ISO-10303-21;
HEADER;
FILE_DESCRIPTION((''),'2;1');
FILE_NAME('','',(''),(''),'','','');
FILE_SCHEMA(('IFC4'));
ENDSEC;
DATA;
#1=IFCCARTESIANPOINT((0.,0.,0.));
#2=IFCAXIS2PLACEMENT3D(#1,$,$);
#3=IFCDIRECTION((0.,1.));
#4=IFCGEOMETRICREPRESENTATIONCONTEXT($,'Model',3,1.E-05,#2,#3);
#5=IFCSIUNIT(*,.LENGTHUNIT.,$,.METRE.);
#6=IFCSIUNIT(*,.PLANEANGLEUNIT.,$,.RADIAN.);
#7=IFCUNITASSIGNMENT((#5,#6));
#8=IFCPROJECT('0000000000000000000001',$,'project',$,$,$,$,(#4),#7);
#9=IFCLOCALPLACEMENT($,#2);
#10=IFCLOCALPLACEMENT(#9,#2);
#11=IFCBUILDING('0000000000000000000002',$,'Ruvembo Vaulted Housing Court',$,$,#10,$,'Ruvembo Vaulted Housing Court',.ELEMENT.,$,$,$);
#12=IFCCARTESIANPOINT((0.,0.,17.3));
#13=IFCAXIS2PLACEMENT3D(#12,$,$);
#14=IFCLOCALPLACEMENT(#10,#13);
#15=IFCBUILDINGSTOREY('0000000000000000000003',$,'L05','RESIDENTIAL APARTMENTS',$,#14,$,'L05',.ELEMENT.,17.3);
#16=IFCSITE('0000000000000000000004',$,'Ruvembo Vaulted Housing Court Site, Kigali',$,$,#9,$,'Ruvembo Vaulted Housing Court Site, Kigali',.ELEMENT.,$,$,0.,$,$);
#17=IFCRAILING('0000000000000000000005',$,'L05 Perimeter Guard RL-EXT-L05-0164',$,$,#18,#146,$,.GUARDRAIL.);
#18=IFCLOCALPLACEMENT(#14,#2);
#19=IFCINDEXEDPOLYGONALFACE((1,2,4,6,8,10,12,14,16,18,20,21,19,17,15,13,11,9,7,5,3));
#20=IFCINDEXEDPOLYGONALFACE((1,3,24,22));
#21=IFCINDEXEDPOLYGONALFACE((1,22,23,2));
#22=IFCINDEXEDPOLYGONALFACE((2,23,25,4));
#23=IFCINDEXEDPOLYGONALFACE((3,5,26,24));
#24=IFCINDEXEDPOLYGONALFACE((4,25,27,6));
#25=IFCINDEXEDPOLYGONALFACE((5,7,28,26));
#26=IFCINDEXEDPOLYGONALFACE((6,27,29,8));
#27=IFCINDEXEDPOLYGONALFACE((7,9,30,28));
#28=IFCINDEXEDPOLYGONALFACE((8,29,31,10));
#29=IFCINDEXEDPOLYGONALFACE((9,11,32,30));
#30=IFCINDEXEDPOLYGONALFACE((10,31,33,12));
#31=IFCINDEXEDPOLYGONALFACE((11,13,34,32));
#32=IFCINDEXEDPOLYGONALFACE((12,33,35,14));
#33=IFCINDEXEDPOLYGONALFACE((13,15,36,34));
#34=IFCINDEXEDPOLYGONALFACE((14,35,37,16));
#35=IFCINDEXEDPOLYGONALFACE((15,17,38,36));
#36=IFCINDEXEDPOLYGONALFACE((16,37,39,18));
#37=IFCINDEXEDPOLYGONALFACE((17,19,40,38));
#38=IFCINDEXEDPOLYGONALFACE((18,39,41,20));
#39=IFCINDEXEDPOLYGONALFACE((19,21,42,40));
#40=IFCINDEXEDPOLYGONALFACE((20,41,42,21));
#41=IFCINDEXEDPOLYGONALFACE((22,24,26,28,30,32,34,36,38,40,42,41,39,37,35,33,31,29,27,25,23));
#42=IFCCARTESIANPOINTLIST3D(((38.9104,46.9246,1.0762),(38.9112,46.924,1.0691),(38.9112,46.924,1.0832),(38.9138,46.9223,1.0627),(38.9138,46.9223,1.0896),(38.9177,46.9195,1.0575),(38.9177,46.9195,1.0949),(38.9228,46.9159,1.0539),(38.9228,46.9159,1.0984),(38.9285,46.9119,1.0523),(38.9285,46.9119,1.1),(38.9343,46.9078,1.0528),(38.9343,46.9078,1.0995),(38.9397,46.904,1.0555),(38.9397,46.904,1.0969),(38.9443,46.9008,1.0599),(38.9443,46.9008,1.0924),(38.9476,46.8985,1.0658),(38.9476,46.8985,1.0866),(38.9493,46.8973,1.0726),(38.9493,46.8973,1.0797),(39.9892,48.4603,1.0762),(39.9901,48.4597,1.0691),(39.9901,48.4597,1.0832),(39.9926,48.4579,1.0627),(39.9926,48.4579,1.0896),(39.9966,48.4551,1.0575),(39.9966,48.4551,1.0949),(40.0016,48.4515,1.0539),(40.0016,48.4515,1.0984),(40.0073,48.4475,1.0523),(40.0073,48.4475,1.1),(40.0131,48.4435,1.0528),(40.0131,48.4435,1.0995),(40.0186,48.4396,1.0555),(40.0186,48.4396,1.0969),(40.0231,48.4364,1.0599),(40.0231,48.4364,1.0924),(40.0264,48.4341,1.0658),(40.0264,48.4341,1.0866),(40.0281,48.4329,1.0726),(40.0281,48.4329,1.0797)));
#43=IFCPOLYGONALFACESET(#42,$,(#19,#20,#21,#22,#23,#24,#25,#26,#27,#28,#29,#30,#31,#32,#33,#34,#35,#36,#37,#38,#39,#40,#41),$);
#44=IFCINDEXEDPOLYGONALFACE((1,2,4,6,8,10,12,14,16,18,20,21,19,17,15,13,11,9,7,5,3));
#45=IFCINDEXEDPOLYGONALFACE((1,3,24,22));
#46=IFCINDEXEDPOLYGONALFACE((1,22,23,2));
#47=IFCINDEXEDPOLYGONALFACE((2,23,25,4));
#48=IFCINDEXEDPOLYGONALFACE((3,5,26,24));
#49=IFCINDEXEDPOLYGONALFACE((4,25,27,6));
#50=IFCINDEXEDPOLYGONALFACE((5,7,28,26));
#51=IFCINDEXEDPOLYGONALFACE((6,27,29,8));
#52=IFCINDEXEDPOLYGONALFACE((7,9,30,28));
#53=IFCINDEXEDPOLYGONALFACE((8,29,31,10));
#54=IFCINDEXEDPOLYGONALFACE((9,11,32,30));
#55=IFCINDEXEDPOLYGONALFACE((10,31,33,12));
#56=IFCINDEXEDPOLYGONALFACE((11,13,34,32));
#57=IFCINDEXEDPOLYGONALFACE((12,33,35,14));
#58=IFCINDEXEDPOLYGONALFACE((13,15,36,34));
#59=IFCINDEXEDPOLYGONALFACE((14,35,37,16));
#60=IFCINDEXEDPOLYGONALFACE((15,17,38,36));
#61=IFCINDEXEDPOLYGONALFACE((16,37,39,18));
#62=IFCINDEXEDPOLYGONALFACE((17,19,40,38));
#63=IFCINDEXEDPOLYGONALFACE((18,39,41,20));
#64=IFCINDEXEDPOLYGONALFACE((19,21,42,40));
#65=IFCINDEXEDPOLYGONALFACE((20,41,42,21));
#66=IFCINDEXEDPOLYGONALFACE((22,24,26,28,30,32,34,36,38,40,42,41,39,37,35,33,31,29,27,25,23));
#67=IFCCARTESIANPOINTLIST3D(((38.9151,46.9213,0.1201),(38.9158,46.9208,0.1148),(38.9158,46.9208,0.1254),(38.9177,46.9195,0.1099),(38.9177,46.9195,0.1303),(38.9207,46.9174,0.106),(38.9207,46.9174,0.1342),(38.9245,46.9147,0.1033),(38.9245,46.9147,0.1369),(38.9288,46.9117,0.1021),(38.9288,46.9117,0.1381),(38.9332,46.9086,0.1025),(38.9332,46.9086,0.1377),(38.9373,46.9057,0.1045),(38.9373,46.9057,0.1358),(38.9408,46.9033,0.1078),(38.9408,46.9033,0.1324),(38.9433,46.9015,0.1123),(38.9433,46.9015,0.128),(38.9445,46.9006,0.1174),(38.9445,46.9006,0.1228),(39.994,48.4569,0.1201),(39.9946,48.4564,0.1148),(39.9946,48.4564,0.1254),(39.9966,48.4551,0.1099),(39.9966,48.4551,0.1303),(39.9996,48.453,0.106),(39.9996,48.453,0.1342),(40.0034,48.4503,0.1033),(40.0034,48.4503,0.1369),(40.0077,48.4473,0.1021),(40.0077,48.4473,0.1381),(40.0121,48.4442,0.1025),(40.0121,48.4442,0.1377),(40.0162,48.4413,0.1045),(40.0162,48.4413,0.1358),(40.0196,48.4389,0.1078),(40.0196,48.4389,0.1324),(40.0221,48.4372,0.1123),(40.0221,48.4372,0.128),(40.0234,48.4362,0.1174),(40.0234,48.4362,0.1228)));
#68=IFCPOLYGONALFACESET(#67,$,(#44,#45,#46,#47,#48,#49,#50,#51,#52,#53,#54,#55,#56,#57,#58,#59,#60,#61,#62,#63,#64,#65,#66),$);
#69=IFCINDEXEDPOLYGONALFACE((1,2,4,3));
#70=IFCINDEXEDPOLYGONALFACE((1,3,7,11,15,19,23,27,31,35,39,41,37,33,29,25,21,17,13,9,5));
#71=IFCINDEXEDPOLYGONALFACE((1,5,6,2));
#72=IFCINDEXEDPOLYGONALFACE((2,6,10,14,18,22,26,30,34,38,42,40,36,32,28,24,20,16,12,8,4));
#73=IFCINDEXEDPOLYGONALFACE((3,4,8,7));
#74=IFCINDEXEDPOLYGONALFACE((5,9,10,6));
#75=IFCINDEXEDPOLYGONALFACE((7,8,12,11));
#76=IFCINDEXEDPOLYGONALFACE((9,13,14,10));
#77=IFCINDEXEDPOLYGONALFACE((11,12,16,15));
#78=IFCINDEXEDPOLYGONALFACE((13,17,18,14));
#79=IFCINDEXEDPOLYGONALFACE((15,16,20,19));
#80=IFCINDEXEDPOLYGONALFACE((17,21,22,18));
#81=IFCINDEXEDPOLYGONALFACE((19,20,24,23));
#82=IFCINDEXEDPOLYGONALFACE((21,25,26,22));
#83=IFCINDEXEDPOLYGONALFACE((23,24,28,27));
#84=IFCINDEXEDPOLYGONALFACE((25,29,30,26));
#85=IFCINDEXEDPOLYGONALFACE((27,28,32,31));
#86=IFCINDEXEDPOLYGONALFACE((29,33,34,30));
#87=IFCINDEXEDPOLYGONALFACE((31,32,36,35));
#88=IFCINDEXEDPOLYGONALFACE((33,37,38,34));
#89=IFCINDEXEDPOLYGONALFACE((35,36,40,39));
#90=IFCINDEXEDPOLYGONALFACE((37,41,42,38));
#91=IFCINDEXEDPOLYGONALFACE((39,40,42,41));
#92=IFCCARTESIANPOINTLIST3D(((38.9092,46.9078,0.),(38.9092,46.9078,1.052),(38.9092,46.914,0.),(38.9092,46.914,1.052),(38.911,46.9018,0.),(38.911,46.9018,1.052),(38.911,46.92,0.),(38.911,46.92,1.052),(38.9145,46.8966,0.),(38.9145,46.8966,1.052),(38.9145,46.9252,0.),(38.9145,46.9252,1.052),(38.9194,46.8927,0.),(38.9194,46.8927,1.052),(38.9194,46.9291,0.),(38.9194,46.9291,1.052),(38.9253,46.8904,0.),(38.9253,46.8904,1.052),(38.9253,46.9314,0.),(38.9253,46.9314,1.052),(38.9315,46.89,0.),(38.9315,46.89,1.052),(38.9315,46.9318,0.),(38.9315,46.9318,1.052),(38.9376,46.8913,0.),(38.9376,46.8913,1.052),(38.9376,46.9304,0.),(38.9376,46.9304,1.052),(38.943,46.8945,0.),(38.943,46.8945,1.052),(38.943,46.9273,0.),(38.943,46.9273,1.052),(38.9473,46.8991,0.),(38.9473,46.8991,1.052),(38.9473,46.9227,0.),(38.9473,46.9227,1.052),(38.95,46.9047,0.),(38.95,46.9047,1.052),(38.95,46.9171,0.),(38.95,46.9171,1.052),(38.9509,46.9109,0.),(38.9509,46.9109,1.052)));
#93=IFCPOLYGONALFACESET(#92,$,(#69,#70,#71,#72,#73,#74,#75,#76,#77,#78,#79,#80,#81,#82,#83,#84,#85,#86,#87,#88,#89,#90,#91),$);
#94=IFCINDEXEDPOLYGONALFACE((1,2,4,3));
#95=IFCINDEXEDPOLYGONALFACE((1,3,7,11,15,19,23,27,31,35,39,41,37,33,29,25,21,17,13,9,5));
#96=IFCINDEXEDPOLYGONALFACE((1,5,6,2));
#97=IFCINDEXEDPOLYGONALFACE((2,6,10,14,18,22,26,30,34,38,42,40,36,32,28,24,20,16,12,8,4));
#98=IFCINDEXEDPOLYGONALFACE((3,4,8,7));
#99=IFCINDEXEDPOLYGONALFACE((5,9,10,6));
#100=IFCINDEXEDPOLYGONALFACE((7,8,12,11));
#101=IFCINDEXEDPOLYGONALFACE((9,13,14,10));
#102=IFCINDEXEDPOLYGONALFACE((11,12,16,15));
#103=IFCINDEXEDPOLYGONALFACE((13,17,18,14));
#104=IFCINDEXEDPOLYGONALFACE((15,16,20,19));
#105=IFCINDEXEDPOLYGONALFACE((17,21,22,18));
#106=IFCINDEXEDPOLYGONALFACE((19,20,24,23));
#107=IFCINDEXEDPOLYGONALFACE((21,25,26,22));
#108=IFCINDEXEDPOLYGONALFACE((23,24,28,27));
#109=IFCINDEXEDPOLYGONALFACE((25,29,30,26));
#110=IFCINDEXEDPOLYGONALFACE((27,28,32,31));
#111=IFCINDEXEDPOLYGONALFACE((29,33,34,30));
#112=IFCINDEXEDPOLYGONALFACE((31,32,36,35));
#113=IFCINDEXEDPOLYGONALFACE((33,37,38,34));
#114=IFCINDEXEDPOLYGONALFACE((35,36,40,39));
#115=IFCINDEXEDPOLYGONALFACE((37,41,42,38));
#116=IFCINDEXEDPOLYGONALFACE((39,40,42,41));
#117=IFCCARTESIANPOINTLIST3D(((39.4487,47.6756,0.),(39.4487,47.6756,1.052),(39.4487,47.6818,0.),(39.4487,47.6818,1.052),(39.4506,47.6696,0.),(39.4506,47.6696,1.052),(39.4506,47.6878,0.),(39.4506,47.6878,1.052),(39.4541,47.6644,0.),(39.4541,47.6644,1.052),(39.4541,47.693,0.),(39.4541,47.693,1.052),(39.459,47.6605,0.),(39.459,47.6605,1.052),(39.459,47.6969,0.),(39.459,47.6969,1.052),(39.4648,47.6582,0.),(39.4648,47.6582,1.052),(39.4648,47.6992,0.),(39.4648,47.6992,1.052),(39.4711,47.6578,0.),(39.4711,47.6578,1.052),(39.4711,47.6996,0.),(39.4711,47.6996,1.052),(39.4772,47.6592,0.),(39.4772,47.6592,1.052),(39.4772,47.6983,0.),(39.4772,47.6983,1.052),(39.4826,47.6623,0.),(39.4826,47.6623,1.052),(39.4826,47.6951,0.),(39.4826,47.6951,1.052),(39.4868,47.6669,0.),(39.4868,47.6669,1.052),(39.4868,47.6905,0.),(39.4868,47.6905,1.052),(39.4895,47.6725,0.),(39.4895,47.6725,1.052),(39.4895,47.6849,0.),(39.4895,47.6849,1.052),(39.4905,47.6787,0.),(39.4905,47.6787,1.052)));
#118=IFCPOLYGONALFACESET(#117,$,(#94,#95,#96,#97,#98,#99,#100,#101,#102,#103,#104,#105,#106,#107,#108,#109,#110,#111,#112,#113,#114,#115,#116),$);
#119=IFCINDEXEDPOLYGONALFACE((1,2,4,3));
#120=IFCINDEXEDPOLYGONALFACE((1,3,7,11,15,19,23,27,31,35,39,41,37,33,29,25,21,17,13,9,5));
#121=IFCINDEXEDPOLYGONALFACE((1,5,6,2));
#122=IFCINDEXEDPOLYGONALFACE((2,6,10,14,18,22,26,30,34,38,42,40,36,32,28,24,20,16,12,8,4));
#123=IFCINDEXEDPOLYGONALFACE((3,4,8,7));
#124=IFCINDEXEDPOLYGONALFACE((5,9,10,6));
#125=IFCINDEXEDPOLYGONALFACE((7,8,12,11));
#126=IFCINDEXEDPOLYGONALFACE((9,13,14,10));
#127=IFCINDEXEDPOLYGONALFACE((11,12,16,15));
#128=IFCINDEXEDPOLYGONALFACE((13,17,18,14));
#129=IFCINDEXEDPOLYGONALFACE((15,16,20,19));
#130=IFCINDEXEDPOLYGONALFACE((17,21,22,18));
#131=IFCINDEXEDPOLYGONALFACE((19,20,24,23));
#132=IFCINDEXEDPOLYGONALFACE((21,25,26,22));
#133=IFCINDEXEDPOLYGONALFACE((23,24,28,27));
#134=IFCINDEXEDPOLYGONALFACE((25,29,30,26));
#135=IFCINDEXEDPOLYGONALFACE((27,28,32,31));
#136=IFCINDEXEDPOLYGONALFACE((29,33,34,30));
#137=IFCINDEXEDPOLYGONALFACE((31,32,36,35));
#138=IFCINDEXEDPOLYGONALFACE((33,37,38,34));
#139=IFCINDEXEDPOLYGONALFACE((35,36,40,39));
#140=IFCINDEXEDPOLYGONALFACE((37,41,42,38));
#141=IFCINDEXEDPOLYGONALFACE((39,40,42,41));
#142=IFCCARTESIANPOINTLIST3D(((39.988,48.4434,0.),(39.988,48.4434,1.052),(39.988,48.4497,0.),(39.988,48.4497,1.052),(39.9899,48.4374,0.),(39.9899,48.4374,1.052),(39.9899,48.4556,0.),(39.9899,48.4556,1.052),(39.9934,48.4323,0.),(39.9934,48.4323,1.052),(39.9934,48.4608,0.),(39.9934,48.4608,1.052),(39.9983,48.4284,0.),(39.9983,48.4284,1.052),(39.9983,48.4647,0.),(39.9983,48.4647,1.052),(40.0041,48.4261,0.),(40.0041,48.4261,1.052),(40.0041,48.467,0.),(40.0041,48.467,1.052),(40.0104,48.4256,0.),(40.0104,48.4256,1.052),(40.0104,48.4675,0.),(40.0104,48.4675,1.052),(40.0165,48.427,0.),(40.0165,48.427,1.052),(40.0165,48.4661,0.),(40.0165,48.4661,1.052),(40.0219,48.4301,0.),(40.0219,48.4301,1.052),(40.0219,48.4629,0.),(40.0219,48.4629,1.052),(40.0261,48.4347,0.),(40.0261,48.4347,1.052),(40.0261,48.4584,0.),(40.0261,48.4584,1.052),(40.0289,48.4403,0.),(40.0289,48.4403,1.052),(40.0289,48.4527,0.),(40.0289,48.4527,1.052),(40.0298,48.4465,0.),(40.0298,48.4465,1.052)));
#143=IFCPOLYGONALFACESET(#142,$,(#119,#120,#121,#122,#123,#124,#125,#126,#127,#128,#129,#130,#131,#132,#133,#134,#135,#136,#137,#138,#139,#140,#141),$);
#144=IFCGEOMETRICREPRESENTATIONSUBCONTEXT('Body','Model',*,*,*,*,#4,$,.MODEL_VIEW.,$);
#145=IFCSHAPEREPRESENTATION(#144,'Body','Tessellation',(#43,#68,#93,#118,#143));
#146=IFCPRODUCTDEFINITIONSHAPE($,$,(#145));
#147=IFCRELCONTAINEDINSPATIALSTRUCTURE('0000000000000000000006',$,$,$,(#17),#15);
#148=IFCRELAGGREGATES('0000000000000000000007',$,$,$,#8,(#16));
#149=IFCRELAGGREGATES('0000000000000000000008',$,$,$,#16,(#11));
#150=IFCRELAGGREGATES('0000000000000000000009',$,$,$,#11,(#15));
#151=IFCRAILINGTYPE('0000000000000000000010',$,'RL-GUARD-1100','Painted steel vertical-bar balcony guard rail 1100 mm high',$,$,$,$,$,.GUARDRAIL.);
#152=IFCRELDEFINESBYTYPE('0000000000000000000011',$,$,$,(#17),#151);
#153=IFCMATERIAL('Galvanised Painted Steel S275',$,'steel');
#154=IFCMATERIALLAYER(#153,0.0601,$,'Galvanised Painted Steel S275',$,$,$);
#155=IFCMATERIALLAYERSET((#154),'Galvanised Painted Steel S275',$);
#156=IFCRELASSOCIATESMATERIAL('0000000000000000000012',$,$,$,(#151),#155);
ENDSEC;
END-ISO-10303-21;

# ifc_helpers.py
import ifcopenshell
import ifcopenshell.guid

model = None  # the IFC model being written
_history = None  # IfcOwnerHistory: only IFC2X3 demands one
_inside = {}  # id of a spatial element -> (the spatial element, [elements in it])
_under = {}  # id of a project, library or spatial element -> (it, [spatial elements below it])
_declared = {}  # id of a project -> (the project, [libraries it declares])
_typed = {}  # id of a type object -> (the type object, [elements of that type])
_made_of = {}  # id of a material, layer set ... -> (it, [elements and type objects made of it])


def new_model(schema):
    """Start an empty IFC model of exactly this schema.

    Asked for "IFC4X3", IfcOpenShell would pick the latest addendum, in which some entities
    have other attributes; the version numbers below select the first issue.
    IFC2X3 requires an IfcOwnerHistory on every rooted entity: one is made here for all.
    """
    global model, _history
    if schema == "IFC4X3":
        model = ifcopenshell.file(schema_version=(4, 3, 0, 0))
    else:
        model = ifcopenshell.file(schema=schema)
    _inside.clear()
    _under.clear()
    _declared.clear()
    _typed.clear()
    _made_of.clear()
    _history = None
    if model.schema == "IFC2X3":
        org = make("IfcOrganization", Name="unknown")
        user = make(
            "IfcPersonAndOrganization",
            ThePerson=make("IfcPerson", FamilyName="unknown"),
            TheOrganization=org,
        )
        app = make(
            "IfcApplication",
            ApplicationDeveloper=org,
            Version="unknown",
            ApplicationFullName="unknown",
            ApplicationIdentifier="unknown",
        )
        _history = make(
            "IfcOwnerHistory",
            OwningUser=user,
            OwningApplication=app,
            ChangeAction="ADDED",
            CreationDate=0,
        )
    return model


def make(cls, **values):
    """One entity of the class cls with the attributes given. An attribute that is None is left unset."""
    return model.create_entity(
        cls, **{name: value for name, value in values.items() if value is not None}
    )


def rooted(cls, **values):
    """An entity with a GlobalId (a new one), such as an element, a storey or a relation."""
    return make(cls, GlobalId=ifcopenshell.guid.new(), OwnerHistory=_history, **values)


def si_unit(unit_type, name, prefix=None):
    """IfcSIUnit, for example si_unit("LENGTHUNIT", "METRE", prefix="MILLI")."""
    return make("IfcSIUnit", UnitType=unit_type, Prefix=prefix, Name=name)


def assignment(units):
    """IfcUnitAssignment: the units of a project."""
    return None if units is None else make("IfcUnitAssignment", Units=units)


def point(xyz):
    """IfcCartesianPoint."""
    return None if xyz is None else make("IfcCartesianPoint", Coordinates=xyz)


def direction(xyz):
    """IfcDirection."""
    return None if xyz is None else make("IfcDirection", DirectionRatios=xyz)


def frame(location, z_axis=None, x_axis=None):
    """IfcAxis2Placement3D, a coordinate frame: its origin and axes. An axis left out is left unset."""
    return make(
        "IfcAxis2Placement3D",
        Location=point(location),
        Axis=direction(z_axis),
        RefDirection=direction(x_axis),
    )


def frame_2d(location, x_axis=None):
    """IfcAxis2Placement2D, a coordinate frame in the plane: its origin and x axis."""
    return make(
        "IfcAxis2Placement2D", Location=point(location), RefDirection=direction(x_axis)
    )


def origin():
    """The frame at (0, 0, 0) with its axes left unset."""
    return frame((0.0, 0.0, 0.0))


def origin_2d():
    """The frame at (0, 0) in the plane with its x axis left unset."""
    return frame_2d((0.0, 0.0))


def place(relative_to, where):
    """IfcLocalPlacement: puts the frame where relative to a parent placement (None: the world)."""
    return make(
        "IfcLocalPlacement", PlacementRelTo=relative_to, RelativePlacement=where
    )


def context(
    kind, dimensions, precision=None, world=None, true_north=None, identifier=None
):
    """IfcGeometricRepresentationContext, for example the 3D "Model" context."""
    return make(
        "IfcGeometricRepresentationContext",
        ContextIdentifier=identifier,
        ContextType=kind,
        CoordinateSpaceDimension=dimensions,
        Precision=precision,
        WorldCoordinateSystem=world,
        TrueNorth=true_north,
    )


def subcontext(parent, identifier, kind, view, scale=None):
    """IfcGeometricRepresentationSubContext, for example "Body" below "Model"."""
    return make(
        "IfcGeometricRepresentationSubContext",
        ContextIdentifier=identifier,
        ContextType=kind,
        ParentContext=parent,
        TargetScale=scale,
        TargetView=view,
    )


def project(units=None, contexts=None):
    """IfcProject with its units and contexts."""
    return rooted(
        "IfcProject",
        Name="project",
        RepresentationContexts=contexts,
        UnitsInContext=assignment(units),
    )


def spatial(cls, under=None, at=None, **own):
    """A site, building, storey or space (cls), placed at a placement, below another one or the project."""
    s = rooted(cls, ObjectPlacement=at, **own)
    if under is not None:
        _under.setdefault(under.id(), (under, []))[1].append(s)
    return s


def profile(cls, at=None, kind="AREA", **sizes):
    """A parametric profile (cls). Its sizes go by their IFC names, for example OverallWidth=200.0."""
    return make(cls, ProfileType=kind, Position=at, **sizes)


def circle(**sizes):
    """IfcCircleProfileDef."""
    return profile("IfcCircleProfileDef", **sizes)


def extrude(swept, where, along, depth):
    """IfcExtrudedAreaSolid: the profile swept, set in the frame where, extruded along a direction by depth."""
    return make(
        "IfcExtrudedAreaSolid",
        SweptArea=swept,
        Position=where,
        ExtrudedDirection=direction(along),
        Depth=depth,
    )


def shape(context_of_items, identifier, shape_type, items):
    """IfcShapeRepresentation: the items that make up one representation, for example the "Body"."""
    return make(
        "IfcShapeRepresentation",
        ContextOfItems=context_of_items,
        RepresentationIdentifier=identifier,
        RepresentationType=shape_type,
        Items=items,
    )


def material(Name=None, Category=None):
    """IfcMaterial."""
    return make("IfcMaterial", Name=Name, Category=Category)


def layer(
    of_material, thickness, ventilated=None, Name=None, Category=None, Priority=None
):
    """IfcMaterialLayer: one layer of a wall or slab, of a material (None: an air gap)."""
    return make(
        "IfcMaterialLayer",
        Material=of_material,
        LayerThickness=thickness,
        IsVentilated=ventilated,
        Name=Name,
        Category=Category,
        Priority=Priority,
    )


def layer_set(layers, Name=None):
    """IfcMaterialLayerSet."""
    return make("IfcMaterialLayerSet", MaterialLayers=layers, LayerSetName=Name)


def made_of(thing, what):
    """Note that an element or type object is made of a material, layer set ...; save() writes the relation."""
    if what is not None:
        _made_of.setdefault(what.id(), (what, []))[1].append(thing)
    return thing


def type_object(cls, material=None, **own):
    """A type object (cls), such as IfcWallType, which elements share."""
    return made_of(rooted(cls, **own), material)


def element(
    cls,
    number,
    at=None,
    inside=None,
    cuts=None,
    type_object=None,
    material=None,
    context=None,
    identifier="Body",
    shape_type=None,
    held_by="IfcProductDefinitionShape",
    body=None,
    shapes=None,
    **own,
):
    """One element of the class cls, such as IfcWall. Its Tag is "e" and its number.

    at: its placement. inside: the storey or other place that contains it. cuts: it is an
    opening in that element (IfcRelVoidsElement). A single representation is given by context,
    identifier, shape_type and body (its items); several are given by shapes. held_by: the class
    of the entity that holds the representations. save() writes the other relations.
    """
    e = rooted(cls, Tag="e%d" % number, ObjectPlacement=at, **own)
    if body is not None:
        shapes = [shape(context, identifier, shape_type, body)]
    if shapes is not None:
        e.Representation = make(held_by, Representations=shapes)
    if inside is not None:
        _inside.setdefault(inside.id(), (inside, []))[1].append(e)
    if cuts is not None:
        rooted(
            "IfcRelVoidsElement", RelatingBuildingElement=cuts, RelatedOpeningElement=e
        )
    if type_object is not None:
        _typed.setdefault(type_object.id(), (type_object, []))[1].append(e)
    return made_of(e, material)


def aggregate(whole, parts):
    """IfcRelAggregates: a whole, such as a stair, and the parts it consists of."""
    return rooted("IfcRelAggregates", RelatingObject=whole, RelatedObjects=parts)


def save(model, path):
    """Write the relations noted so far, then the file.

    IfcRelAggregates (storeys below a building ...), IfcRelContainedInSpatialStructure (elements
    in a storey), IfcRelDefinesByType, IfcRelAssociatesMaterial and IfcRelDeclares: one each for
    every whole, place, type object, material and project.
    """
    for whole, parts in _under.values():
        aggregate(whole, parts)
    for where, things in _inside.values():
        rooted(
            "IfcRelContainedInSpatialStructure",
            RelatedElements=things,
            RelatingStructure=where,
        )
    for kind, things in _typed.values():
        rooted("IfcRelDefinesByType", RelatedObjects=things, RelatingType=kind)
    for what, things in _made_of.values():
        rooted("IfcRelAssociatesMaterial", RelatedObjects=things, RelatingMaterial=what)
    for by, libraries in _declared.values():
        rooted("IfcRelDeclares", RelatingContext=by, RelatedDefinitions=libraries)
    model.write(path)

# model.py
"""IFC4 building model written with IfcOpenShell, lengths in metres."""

from ifc_helpers import new_model, si_unit, direction, frame, origin, origin_2d, place, context, subcontext, project, spatial, circle, extrude, material, layer, layer_set, type_object, element, save


model = new_model("IFC4")

# Units and contexts
model_context = context("Model", 3, precision=1e-05, world=origin(), true_north=direction((0.0, 1.0)))
body_context = subcontext(model_context, "Body", "Model", "MODEL_VIEW")
ifc_project = project(units=[si_unit("LENGTHUNIT", "METRE"), si_unit("PLANEANGLEUNIT", "RADIAN")], contexts=[model_context])

# Site, building, storey
site_placement = place(None, origin())
site = spatial("IfcSite", under=ifc_project, at=site_placement, Name="Ruvembo Vaulted Housing Court Site, Kigali", LongName="Ruvembo Vaulted Housing Court Site, Kigali", CompositionType="ELEMENT", RefElevation=0.0)
building_placement = place(site_placement, origin())
building = spatial("IfcBuilding", under=site, at=building_placement, Name="Ruvembo Vaulted Housing Court", LongName="Ruvembo Vaulted Housing Court", CompositionType="ELEMENT")
storey_placement = place(building_placement, frame((0.0, 0.0, 17.3)))
storey = spatial("IfcBuildingStorey", under=building, at=storey_placement, Name="L05", Description="RESIDENTIAL APARTMENTS", LongName="L05", CompositionType="ELEMENT", Elevation=17.3)

# Railing
ifc_material_1 = material(Name="Galvanised Painted Steel S275", Category="steel")
ifc_layer_1 = layer(ifc_material_1, 0.0601, Name="Galvanised Painted Steel S275")
ifc_layer_set_1 = layer_set([ifc_layer_1], Name="Galvanised Painted Steel S275")
railing_type = type_object("IfcRailingType", Name="RL-GUARD-1100", Description="Painted steel vertical-bar balcony guard rail 1100 mm high", PredefinedType="GUARDRAIL", material=ifc_layer_set_1)
railing_1_placement = place(storey_placement, frame((38.9299, 46.9109, 0.0)))
element("IfcRailing", 1, at=railing_1_placement, inside=storey, type_object=railing_type, Name="L05 Perimeter Guard RL-EXT-L05-0164", PredefinedType="GUARDRAIL", context=body_context, shape_type="SweptSolid", body=[
    extrude(circle(Radius=0.0239, at=origin_2d()), frame((0.0, 0.0, 1.0762), z_axis=(0.574858, 0.818253, 0.0), x_axis=(-0.818253, 0.574858, 0.0)), (0.0, 0.0, 1.0), 1.8767),
    extrude(circle(Radius=0.0181, at=origin_2d()), frame((0.0, 0.0, 0.1201), z_axis=(0.574858, 0.818253, 0.0), x_axis=(-0.818253, 0.574858, 0.0)), (0.0, 0.0, 1.0), 1.8767),
    extrude(circle(Radius=0.021, at=origin_2d()), origin(), (0.0, 0.0, 1.0), 1.052),
    extrude(circle(Radius=0.021, at=origin_2d()), frame((0.5396, 0.7678, 0.0)), (0.0, 0.0, 1.0), 1.052),
    extrude(circle(Radius=0.021, at=origin_2d()), frame((1.0789, 1.5356, 0.0)), (0.0, 0.0, 1.0), 1.052),
])

save(model, "model.ifc")
